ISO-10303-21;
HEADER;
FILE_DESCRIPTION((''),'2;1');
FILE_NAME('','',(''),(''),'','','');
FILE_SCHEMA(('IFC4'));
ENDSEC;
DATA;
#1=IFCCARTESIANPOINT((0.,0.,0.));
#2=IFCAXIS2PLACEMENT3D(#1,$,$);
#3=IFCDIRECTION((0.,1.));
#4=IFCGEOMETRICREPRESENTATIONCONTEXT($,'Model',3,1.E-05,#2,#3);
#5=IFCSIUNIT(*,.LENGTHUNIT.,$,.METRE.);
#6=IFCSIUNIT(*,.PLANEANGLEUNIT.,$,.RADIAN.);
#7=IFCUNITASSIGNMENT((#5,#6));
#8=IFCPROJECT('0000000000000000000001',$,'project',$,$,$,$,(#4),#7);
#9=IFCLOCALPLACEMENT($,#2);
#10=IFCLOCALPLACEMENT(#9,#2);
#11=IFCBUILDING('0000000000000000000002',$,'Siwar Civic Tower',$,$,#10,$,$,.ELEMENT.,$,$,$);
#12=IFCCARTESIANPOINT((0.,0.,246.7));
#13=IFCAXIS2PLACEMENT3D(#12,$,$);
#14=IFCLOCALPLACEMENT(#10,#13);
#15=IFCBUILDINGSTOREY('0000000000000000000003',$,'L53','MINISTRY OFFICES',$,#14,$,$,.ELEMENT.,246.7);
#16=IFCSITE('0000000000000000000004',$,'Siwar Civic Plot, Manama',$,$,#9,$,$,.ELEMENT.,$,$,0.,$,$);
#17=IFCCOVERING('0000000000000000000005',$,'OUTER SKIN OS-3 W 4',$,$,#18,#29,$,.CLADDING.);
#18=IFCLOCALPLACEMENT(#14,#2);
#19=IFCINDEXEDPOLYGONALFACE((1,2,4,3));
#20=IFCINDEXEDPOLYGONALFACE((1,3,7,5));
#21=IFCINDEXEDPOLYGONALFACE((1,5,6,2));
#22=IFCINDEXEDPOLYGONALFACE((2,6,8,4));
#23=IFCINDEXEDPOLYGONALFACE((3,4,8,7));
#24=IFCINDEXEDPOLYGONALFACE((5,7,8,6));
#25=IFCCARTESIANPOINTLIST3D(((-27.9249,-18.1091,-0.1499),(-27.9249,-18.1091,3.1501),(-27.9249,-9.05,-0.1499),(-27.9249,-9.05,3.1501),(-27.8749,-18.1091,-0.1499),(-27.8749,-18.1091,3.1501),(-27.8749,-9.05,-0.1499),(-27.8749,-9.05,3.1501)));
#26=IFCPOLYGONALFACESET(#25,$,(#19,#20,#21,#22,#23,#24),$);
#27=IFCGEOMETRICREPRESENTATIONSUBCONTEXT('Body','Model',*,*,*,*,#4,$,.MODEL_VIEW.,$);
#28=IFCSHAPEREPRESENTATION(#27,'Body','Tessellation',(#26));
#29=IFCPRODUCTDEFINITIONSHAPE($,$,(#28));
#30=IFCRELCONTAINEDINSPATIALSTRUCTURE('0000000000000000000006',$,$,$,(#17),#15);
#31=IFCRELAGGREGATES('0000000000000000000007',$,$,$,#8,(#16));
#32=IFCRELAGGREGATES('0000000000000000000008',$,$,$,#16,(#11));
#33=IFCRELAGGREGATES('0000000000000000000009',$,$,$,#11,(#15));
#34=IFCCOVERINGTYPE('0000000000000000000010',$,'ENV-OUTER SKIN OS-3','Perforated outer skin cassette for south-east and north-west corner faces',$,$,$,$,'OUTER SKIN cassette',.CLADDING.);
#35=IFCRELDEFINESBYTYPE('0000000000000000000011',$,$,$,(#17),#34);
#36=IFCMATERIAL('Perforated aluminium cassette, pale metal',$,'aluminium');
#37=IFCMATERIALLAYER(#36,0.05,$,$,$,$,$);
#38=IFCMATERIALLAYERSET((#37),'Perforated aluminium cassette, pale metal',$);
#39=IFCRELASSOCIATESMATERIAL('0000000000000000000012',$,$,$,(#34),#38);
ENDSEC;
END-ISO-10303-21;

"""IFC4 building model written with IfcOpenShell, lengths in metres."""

from ifc_helpers import new_model, si_unit, direction, frame, origin, origin_2d, place, context, subcontext, project, spatial, rectangle, extrude, material, layer, layer_set, type_object, element, save


model = new_model("IFC4")

# Units and contexts
model_context = context("Model", 3, precision=1e-05, world=origin(), true_north=direction((0.0, 1.0)))
body_context = subcontext(model_context, "Body", "Model", "MODEL_VIEW")
ifc_project = project(units=[si_unit("LENGTHUNIT", "METRE"), si_unit("PLANEANGLEUNIT", "RADIAN")], contexts=[model_context])

# Site, building, storey
site_placement = place(None, origin())
site = spatial("IfcSite", under=ifc_project, at=site_placement, Name="Siwar Civic Plot, Manama", CompositionType="ELEMENT", RefElevation=0.0)
building_placement = place(site_placement, origin())
building = spatial("IfcBuilding", under=site, at=building_placement, Name="Siwar Civic Tower", CompositionType="ELEMENT")
storey_placement = place(building_placement, frame((0.0, 0.0, 246.7)))
storey = spatial("IfcBuildingStorey", under=building, at=storey_placement, Name="L53", Description="MINISTRY OFFICES", CompositionType="ELEMENT", Elevation=246.7)

# Covering
ifc_material_1 = material(Name="Perforated aluminium cassette, pale metal", Category="aluminium")
ifc_layer_1 = layer(ifc_material_1, 0.05)
ifc_layer_set_1 = layer_set([ifc_layer_1], Name="Perforated aluminium cassette, pale metal")
covering_type = type_object("IfcCoveringType", Name="ENV-OUTER SKIN OS-3", Description="Perforated outer skin cassette for south-east and north-west corner faces", ElementType="OUTER SKIN cassette", PredefinedType="CLADDING", material=ifc_layer_set_1)
covering_placement = place(storey_placement, frame((-27.8999, -13.5796, -0.1499), z_axis=(0.0, 0.0, 1.0), x_axis=(0.0, -1.0, 0.0)))
element("IfcCovering", 1, at=covering_placement, inside=storey, type_object=covering_type, Name="OUTER SKIN OS-3 W 4", PredefinedType="CLADDING", context=body_context, shape_type="SweptSolid", body=[
    extrude(rectangle(XDim=9.0591, YDim=0.05, at=origin_2d()), origin(), (0.0, 0.0, 1.0), 3.3),
])

save(model, "model.ifc")
